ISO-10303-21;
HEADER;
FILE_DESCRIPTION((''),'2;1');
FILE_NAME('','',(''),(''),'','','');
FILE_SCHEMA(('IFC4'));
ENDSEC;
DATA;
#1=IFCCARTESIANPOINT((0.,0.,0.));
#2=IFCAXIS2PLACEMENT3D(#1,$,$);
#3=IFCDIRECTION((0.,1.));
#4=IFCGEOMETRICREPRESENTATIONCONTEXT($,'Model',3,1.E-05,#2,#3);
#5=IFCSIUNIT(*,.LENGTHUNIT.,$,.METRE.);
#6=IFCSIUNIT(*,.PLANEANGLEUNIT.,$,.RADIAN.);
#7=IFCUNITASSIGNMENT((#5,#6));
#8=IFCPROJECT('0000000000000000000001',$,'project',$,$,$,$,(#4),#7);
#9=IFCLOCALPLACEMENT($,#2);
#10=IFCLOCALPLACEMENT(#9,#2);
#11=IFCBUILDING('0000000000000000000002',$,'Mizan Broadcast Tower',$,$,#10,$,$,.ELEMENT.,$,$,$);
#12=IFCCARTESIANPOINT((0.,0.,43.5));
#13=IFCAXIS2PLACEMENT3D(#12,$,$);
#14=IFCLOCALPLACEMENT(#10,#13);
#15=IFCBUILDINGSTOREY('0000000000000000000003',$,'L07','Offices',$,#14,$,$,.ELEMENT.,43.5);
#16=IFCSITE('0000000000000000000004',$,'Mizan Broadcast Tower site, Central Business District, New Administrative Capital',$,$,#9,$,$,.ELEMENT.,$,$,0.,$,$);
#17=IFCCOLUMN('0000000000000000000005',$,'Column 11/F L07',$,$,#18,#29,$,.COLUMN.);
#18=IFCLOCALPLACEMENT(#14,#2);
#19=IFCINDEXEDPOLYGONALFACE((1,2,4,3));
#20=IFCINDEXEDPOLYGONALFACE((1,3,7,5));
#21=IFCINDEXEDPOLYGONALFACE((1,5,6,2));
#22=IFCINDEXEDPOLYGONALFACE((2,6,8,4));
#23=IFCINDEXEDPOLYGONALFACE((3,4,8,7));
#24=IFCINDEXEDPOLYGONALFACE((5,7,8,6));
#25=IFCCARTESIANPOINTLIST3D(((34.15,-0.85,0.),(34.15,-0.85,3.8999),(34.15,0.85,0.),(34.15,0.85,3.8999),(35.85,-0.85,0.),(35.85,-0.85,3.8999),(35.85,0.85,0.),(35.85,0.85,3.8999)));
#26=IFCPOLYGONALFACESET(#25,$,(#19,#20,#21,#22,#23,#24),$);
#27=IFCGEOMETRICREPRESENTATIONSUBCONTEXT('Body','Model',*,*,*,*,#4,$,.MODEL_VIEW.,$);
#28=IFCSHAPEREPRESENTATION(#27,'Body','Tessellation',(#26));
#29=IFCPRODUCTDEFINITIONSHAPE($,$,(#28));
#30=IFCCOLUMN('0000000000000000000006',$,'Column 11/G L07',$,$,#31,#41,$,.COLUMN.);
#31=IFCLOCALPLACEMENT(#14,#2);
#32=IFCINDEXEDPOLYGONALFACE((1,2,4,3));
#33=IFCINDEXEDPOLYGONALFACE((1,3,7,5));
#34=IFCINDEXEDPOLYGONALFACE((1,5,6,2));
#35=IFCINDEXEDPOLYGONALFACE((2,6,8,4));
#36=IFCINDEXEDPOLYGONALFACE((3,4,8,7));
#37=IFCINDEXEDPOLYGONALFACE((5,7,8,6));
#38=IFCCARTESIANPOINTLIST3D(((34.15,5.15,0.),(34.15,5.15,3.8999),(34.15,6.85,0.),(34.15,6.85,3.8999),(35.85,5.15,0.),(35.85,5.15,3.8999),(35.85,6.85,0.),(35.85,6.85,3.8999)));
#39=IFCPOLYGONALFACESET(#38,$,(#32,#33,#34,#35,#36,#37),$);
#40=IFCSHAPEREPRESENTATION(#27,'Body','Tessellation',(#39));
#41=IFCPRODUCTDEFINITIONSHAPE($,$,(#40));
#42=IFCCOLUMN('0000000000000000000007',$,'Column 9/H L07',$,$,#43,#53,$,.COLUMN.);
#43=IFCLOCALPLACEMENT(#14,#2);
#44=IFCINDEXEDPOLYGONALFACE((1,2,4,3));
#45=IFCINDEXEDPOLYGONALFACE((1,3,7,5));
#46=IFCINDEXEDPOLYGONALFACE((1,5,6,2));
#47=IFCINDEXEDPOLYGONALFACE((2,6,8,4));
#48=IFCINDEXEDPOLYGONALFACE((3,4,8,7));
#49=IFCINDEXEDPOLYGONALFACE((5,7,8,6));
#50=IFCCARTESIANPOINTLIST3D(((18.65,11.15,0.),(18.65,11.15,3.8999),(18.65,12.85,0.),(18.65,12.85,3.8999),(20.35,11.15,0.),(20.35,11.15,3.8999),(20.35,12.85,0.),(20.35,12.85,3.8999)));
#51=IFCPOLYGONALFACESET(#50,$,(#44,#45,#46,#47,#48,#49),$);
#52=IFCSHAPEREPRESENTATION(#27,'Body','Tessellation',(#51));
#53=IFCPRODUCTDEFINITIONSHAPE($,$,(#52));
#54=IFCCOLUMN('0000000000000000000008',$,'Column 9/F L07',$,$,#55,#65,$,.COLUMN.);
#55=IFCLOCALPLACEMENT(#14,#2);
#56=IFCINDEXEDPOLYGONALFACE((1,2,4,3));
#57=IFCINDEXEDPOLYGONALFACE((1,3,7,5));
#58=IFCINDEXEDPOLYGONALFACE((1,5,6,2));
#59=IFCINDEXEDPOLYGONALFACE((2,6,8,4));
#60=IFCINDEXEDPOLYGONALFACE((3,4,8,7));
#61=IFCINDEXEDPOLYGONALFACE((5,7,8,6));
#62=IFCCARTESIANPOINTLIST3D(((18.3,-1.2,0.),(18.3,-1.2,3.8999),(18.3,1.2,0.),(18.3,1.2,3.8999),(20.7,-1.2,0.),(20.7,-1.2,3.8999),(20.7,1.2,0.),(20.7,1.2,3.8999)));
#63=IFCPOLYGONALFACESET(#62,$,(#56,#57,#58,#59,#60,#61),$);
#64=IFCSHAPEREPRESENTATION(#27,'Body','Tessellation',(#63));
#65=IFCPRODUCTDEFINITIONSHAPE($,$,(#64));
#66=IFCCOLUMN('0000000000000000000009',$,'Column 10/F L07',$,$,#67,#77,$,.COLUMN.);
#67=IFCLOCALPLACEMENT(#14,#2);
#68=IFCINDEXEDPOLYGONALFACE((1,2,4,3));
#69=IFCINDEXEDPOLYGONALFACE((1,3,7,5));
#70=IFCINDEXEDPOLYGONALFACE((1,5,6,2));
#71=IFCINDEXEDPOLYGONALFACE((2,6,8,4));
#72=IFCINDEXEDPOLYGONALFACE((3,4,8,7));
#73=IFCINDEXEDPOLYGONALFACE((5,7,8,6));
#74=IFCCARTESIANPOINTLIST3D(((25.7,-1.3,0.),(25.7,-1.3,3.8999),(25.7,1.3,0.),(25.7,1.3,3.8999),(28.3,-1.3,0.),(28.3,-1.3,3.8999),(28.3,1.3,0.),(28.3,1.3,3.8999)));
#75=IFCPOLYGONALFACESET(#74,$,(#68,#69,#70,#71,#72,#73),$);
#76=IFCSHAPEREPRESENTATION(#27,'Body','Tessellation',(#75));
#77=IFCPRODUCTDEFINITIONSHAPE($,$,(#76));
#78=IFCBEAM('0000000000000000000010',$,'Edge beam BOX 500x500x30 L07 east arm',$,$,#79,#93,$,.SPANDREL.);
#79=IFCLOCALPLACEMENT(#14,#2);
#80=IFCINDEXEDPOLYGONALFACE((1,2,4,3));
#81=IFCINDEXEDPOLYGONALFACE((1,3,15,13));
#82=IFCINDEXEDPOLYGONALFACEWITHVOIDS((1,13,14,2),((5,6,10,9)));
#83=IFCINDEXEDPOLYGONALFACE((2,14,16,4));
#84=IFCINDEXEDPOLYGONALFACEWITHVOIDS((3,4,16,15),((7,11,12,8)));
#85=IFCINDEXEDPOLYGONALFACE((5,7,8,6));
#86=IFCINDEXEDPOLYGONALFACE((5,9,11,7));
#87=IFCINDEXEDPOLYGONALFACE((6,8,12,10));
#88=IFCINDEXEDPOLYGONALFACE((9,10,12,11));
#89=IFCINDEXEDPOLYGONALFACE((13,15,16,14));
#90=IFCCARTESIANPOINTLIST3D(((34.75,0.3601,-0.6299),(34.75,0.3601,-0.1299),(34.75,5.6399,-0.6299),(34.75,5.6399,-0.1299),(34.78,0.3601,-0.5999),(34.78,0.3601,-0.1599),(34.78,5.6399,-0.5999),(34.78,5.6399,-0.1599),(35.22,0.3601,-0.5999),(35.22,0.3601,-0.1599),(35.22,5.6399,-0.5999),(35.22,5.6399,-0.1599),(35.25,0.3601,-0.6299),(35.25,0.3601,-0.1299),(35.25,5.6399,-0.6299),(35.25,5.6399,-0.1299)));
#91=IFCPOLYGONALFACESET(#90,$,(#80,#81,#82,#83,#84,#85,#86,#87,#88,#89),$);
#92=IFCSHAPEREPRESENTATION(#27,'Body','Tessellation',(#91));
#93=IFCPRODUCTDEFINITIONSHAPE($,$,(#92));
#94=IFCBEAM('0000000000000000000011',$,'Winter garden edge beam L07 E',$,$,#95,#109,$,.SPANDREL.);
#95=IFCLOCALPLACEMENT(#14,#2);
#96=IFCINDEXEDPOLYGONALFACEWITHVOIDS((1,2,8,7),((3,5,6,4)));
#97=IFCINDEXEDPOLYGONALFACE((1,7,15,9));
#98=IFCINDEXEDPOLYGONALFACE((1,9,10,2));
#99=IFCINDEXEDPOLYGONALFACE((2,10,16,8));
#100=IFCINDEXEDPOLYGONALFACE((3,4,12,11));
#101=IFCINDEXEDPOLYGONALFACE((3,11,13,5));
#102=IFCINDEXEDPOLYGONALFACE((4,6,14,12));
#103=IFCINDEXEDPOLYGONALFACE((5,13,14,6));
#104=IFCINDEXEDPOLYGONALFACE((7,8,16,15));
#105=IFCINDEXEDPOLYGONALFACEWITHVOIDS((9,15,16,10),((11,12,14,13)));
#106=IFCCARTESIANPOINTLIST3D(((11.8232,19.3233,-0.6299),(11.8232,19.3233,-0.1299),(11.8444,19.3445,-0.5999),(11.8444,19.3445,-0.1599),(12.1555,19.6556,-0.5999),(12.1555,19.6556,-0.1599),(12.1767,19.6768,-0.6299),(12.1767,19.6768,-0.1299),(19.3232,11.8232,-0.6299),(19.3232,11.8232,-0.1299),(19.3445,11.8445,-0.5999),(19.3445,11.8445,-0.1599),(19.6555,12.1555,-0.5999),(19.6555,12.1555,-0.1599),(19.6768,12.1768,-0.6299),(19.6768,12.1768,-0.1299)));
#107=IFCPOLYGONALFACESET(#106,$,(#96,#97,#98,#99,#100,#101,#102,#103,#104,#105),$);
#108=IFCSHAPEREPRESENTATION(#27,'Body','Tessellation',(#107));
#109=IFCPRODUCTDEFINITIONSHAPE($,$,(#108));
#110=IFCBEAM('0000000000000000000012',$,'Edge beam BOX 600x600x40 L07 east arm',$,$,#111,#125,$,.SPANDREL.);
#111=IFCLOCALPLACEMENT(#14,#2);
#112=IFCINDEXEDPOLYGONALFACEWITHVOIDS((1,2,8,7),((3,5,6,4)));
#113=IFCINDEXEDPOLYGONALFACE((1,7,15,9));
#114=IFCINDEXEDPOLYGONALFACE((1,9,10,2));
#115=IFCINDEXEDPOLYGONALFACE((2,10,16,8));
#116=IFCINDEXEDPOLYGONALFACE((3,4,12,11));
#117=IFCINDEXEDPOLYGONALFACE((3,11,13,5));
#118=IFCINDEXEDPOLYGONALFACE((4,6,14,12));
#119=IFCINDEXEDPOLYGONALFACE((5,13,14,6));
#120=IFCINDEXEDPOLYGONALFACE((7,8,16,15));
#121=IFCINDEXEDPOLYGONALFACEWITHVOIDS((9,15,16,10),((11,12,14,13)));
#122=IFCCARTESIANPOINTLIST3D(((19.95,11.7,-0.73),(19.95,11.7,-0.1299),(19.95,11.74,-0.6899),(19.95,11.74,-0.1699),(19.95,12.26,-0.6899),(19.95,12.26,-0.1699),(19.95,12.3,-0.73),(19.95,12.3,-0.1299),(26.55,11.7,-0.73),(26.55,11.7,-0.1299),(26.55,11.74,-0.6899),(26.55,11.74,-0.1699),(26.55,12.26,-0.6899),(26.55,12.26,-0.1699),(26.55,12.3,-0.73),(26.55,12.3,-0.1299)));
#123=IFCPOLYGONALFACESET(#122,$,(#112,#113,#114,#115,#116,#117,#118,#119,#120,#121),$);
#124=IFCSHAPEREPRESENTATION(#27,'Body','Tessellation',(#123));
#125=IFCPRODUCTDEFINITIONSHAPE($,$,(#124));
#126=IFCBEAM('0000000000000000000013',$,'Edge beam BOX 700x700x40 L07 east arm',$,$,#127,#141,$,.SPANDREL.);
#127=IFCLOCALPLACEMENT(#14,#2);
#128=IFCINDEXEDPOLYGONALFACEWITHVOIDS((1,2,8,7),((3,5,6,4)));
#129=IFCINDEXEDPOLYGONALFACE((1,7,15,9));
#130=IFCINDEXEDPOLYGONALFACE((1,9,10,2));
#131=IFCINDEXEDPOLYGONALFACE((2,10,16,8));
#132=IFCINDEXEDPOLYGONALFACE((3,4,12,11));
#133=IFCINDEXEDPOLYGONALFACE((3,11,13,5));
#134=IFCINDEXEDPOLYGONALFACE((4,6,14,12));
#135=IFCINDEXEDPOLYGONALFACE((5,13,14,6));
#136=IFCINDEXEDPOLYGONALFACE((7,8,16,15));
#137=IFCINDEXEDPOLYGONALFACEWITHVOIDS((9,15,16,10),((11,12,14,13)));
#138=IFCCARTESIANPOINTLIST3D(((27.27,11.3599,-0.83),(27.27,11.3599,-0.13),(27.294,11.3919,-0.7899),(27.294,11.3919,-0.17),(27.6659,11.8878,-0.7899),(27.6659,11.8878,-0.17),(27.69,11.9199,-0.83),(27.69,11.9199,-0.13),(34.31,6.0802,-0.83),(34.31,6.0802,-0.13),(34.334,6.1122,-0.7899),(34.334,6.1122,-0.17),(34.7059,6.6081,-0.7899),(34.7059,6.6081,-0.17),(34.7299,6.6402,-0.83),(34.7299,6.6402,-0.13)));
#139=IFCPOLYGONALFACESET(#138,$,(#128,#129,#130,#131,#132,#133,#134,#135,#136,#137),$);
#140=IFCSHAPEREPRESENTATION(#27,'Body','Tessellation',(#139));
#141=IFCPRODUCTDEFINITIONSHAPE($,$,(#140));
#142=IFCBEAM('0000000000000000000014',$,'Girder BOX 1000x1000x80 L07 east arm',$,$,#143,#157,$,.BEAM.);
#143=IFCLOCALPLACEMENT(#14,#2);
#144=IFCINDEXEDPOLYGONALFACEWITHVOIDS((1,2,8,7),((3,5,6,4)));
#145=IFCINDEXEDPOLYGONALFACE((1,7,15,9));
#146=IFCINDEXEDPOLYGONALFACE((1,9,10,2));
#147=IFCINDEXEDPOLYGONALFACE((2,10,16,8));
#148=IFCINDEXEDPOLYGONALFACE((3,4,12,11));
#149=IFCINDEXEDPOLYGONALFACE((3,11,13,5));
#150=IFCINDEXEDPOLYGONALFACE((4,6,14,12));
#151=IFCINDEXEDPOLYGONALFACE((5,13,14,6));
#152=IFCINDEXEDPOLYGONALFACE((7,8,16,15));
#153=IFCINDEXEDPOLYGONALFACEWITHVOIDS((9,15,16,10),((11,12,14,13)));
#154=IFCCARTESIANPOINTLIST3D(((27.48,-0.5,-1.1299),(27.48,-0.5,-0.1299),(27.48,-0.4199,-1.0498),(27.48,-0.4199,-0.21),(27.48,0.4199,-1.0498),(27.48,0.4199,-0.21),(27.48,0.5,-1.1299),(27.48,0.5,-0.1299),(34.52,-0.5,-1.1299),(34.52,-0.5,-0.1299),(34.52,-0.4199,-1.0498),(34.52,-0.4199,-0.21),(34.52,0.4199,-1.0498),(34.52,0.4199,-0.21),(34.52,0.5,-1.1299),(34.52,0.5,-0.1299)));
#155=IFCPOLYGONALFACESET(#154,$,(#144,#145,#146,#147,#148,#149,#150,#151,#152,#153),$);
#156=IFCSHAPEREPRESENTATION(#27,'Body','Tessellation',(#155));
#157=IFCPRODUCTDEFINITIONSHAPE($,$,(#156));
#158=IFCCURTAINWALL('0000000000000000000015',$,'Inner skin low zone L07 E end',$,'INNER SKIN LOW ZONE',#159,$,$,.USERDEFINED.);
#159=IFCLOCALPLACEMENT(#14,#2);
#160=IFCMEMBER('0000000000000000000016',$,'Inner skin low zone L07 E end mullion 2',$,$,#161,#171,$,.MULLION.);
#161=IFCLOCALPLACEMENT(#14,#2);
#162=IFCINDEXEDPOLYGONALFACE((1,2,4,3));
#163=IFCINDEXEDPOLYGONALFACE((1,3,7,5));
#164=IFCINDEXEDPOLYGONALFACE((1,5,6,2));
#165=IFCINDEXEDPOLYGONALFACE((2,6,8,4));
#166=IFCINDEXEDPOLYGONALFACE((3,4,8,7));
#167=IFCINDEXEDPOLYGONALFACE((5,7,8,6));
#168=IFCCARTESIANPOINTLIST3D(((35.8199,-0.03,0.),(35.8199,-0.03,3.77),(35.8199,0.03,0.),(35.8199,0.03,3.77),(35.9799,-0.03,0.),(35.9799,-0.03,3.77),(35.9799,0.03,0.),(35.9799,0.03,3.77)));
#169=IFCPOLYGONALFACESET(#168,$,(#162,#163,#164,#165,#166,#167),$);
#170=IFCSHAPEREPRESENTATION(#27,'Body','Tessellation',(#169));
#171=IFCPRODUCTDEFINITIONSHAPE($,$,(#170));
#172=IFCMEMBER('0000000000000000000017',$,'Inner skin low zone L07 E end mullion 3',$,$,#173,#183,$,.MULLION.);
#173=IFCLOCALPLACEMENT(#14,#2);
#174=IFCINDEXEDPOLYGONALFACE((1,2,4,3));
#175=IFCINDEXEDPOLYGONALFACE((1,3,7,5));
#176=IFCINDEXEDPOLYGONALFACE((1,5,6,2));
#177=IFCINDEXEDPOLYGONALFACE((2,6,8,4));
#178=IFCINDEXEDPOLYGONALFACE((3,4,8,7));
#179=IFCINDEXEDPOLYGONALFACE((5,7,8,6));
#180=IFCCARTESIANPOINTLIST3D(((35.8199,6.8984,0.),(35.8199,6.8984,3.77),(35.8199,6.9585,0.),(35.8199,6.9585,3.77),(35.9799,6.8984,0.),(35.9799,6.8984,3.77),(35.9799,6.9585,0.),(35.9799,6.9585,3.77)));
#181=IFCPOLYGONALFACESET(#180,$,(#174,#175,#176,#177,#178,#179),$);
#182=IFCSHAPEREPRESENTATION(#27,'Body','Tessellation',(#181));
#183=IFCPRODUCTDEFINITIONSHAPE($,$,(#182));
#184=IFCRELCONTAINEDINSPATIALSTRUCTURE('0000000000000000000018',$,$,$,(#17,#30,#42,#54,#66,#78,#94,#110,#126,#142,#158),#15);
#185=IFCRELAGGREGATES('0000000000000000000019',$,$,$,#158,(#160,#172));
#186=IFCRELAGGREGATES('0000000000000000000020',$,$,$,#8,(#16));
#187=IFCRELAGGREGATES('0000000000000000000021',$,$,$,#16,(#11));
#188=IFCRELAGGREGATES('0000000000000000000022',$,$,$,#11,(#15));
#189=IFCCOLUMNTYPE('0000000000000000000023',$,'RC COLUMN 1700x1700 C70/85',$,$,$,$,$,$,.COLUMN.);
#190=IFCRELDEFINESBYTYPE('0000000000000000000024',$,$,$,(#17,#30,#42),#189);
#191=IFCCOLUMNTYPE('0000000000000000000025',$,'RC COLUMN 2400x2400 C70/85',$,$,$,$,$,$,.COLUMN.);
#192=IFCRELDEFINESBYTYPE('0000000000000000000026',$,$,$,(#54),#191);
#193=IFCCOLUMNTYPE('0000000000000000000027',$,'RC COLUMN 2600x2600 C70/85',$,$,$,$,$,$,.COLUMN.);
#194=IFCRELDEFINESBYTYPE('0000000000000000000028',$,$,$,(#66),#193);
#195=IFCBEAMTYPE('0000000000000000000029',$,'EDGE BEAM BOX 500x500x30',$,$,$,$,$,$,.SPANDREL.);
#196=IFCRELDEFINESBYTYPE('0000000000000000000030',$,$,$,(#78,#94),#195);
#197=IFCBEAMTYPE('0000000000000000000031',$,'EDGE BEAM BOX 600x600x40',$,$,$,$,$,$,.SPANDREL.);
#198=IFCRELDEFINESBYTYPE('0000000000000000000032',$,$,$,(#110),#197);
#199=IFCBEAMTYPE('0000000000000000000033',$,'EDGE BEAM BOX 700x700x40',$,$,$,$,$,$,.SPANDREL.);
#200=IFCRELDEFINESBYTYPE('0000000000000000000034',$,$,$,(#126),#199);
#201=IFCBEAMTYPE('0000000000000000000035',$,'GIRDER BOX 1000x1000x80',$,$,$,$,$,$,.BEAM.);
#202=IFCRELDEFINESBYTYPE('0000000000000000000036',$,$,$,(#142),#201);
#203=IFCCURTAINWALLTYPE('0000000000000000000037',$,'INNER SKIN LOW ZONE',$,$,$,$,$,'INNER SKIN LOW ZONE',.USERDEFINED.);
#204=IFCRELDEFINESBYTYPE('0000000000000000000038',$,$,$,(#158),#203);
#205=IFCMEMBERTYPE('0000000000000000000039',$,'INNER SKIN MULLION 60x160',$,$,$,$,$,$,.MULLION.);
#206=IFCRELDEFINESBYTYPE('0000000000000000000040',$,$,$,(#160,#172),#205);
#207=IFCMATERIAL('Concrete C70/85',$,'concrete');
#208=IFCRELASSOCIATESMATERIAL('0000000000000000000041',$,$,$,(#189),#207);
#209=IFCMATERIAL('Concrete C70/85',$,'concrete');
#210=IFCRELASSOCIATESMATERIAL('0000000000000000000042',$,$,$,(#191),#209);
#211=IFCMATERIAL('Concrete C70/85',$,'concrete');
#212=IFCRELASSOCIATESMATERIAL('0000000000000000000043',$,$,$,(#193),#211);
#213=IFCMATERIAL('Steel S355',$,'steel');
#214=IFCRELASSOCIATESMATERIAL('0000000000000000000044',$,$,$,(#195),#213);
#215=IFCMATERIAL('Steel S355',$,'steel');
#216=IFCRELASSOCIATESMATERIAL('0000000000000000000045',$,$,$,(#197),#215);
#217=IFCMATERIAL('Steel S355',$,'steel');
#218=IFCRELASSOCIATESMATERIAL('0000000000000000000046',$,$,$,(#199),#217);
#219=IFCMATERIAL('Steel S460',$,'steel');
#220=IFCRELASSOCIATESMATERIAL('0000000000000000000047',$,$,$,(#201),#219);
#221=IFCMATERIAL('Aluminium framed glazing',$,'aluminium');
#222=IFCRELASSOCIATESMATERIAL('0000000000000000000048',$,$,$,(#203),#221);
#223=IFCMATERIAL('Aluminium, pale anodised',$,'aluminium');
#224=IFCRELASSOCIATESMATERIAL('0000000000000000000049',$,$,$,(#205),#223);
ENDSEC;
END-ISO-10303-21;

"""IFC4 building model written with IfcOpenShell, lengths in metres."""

from ifc_helpers import new_model, si_unit, direction, frame, origin, origin_2d, place, context, subcontext, project, spatial, rectangle, hollow_rectangle, extrude, material, material_profile, profile_set, type_object, element, aggregate, save


model = new_model("IFC4")

# Units and contexts
model_context = context("Model", 3, precision=1e-05, world=origin(), true_north=direction((0.0, 1.0)))
body_context = subcontext(model_context, "Body", "Model", "MODEL_VIEW")
ifc_project = project(units=[si_unit("LENGTHUNIT", "METRE"), si_unit("PLANEANGLEUNIT", "RADIAN")], contexts=[model_context])

# Site, building, storey
site_placement = place(None, origin())
site = spatial("IfcSite", under=ifc_project, at=site_placement, Name="Mizan Broadcast Tower site, Central Business District, New Administrative Capital", CompositionType="ELEMENT", RefElevation=0.0)
building_placement = place(site_placement, origin())
building = spatial("IfcBuilding", under=site, at=building_placement, Name="Mizan Broadcast Tower", CompositionType="ELEMENT")
storey_placement = place(building_placement, frame((0.0, 0.0, 43.5)))
storey = spatial("IfcBuildingStorey", under=building, at=storey_placement, Name="L07", Description="Offices", CompositionType="ELEMENT", Elevation=43.5)

# Columns
ifc_material_1 = material(Name="Concrete C70/85", Category="concrete")
ifc_material_profile_1 = material_profile(ifc_material_1, rectangle(XDim=1.7, YDim=1.7, at=origin_2d()), Name="RC 1700x1700")
ifc_profile_set_1 = profile_set([ifc_material_profile_1], Name="Concrete C70/85")
column_type_1 = type_object("IfcColumnType", Name="RC COLUMN 1700x1700 C70/85", PredefinedType="COLUMN", material=ifc_profile_set_1)
for number, where, z_axis, x_axis, name in (
    (1, (35.0, 0.0, 0.0), (0.0, 0.0, 1.0), (1.0, 0.0, 0.0), "Column 11/F L07"),
    (2, (35.0, 6.0, 0.0), (0.0, 0.0, 1.0), (1.0, 0.0, 0.0), "Column 11/G L07"),
    (3, (19.5, 12.0, 0.0), (0.0, 0.0, 1.0), (1.0, 0.0, 0.0), "Column 9/H L07"),
):
    element("IfcColumn", number, at=place(storey_placement, frame(where, z_axis=z_axis, x_axis=x_axis)), inside=storey, type_object=column_type_1, Name=name, PredefinedType="COLUMN", context=body_context, shape_type="SweptSolid", body=[
        extrude(rectangle(XDim=1.7, YDim=1.7, at=origin_2d()), origin(), (0.0, 0.0, 1.0), 3.8999),
    ])
ifc_material_2 = material(Name="Concrete C70/85", Category="concrete")
ifc_material_profile_2 = material_profile(ifc_material_2, rectangle(XDim=2.3999, YDim=2.3999, at=origin_2d()), Name="RC 2400x2400")
ifc_profile_set_2 = profile_set([ifc_material_profile_2], Name="Concrete C70/85")
column_type_2 = type_object("IfcColumnType", Name="RC COLUMN 2400x2400 C70/85", PredefinedType="COLUMN", material=ifc_profile_set_2)
column_1_placement = place(storey_placement, frame((19.5, 0.0, 0.0), z_axis=(0.0, 0.0, 1.0), x_axis=(1.0, 0.0, 0.0)))
element("IfcColumn", 4, at=column_1_placement, inside=storey, type_object=column_type_2, Name="Column 9/F L07", PredefinedType="COLUMN", context=body_context, shape_type="SweptSolid", body=[
    extrude(rectangle(XDim=2.3999, YDim=2.3999, at=origin_2d()), origin(), (0.0, 0.0, 1.0), 3.8999),
])
ifc_material_3 = material(Name="Concrete C70/85", Category="concrete")
ifc_material_profile_3 = material_profile(ifc_material_3, rectangle(XDim=2.6001, YDim=2.6001, at=origin_2d()), Name="RC 2600x2600")
ifc_profile_set_3 = profile_set([ifc_material_profile_3], Name="Concrete C70/85")
column_type_3 = type_object("IfcColumnType", Name="RC COLUMN 2600x2600 C70/85", PredefinedType="COLUMN", material=ifc_profile_set_3)
column_2_placement = place(storey_placement, frame((27.0, 0.0, 0.0), z_axis=(0.0, 0.0, 1.0), x_axis=(1.0, 0.0, 0.0)))
element("IfcColumn", 5, at=column_2_placement, inside=storey, type_object=column_type_3, Name="Column 10/F L07", PredefinedType="COLUMN", context=body_context, shape_type="SweptSolid", body=[
    extrude(rectangle(XDim=2.6001, YDim=2.6001, at=origin_2d()), origin(), (0.0, 0.0, 1.0), 3.8999),
])

# Beams
ifc_material_4 = material(Name="Steel S355", Category="steel")
ifc_material_profile_4 = material_profile(ifc_material_4, hollow_rectangle(XDim=0.5, YDim=0.5, WallThickness=0.03, at=origin_2d()), Name="BOX 500x500x30")
ifc_profile_set_4 = profile_set([ifc_material_profile_4], Name="Steel S355")
beam_type_1 = type_object("IfcBeamType", Name="EDGE BEAM BOX 500x500x30", PredefinedType="SPANDREL", material=ifc_profile_set_4)
beam_1_placement = place(storey_placement, frame((35.0, 5.6399, -0.3799), z_axis=(0.0, -1.0, 0.0), x_axis=(1.0, 0.0, 0.0)))
element("IfcBeam", 6, at=beam_1_placement, inside=storey, type_object=beam_type_1, Name="Edge beam BOX 500x500x30 L07 east arm", PredefinedType="SPANDREL", context=body_context, shape_type="SweptSolid", body=[
    extrude(hollow_rectangle(XDim=0.5, YDim=0.5, WallThickness=0.03, at=origin_2d()), origin(), (0.0, 0.0, 1.0), 5.2798),
])
beam_2_placement = place(storey_placement, frame((19.5, 12.0, -0.3799), z_axis=(-0.707107, 0.707107, 0.0), x_axis=(-0.707107, -0.707107, 0.0)))
element("IfcBeam", 7, at=beam_2_placement, inside=storey, type_object=beam_type_1, Name="Winter garden edge beam L07 E", PredefinedType="SPANDREL", context=body_context, shape_type="SweptSolid", body=[
    extrude(hollow_rectangle(XDim=0.5, YDim=0.5, WallThickness=0.03, at=origin_2d()), origin(), (0.0, 0.0, 1.0), 10.6067),
])
ifc_material_5 = material(Name="Steel S355", Category="steel")
ifc_material_profile_5 = material_profile(ifc_material_5, hollow_rectangle(XDim=0.6001, YDim=0.6001, WallThickness=0.04, at=origin_2d()), Name="BOX 600x600x40")
ifc_profile_set_5 = profile_set([ifc_material_profile_5], Name="Steel S355")
beam_type_2 = type_object("IfcBeamType", Name="EDGE BEAM BOX 600x600x40", PredefinedType="SPANDREL", material=ifc_profile_set_5)
beam_3_placement = place(storey_placement, frame((19.95, 12.0, -0.4299), z_axis=(1.0, 0.0, 0.0), x_axis=(0.0, 1.0, 0.0)))
element("IfcBeam", 8, at=beam_3_placement, inside=storey, type_object=beam_type_2, Name="Edge beam BOX 600x600x40 L07 east arm", PredefinedType="SPANDREL", context=body_context, shape_type="SweptSolid", body=[
    extrude(hollow_rectangle(XDim=0.6001, YDim=0.6001, WallThickness=0.04, at=origin_2d()), origin(), (0.0, 0.0, 1.0), 6.6001),
])
ifc_material_6 = material(Name="Steel S355", Category="steel")
ifc_material_profile_6 = material_profile(ifc_material_6, hollow_rectangle(XDim=0.7, YDim=0.7, WallThickness=0.04, at=origin_2d()), Name="BOX 700x700x40")
ifc_profile_set_6 = profile_set([ifc_material_profile_6], Name="Steel S355")
beam_type_3 = type_object("IfcBeamType", Name="EDGE BEAM BOX 700x700x40", PredefinedType="SPANDREL", material=ifc_profile_set_6)
beam_4_placement = place(storey_placement, frame((27.48, 11.6399, -0.48), z_axis=(0.800013, -0.599982, 0.0), x_axis=(0.599982, 0.800013, 0.0)))
element("IfcBeam", 9, at=beam_4_placement, inside=storey, type_object=beam_type_3, Name="Edge beam BOX 700x700x40 L07 east arm", PredefinedType="SPANDREL", context=body_context, shape_type="SweptSolid", body=[
    extrude(hollow_rectangle(XDim=0.7, YDim=0.7, WallThickness=0.04, at=origin_2d()), origin(), (0.0, 0.0, 1.0), 8.7998),
])
ifc_material_7 = material(Name="Steel S460", Category="steel")
ifc_material_profile_7 = material_profile(ifc_material_7, hollow_rectangle(XDim=1.0, YDim=1.0, WallThickness=0.0801, at=origin_2d()), Name="BOX 1000x1000x80")
ifc_profile_set_7 = profile_set([ifc_material_profile_7], Name="Steel S460")
beam_type_4 = type_object("IfcBeamType", Name="GIRDER BOX 1000x1000x80", PredefinedType="BEAM", material=ifc_profile_set_7)
beam_5_placement = place(storey_placement, frame((27.48, 0.0, -0.6299), z_axis=(1.0, 0.0, 0.0), x_axis=(0.0, 1.0, 0.0)))
element("IfcBeam", 10, at=beam_5_placement, inside=storey, type_object=beam_type_4, Name="Girder BOX 1000x1000x80 L07 east arm", PredefinedType="BEAM", context=body_context, shape_type="SweptSolid", body=[
    extrude(hollow_rectangle(XDim=1.0, YDim=1.0, WallThickness=0.0801, at=origin_2d()), origin(), (0.0, 0.0, 1.0), 7.04),
])

# Curtain wall, members
ifc_material_8 = material(Name="Aluminium framed glazing", Category="aluminium")
curtain_wall_type_1 = type_object("IfcCurtainWallType", Name="INNER SKIN LOW ZONE", ElementType="INNER SKIN LOW ZONE", PredefinedType="USERDEFINED", material=ifc_material_8)
curtain_wall_1_placement = place(storey_placement, origin())
curtain_wall_1 = element("IfcCurtainWall", 11, at=curtain_wall_1_placement, inside=storey, type_object=curtain_wall_type_1, Name="Inner skin low zone L07 E end", ObjectType="INNER SKIN LOW ZONE", PredefinedType="USERDEFINED")
ifc_material_9 = material(Name="Aluminium, pale anodised", Category="aluminium")
ifc_material_profile_8 = material_profile(ifc_material_9, rectangle(XDim=0.1599, YDim=0.0601, at=origin_2d()), Name="MULLION 160x60")
ifc_profile_set_8 = profile_set([ifc_material_profile_8], Name="Aluminium, pale anodised")
member_type_1 = type_object("IfcMemberType", Name="INNER SKIN MULLION 60x160", PredefinedType="MULLION", material=ifc_profile_set_8)
member_1_placement = place(storey_placement, frame((35.8999, 0.0, 0.0), z_axis=(0.0, 0.0, 1.0), x_axis=(-1.0, 0.0, 0.0)))
member_1 = element("IfcMember", 12, at=member_1_placement, type_object=member_type_1, Name="Inner skin low zone L07 E end mullion 2", PredefinedType="MULLION", context=body_context, shape_type="SweptSolid", body=[
    extrude(rectangle(XDim=0.1599, YDim=0.0601, at=origin_2d()), origin(), (0.0, 0.0, 1.0), 3.77),
])
member_2_placement = place(storey_placement, frame((35.8999, 6.9285, 0.0), z_axis=(0.0, 0.0, 1.0), x_axis=(-1.0, 0.0, 0.0)))
member_2 = element("IfcMember", 13, at=member_2_placement, type_object=member_type_1, Name="Inner skin low zone L07 E end mullion 3", PredefinedType="MULLION", context=body_context, shape_type="SweptSolid", body=[
    extrude(rectangle(XDim=0.1599, YDim=0.0601, at=origin_2d()), origin(), (0.0, 0.0, 1.0), 3.77),
])

aggregate(curtain_wall_1, [member_1, member_2])

save(model, "model.ifc")
